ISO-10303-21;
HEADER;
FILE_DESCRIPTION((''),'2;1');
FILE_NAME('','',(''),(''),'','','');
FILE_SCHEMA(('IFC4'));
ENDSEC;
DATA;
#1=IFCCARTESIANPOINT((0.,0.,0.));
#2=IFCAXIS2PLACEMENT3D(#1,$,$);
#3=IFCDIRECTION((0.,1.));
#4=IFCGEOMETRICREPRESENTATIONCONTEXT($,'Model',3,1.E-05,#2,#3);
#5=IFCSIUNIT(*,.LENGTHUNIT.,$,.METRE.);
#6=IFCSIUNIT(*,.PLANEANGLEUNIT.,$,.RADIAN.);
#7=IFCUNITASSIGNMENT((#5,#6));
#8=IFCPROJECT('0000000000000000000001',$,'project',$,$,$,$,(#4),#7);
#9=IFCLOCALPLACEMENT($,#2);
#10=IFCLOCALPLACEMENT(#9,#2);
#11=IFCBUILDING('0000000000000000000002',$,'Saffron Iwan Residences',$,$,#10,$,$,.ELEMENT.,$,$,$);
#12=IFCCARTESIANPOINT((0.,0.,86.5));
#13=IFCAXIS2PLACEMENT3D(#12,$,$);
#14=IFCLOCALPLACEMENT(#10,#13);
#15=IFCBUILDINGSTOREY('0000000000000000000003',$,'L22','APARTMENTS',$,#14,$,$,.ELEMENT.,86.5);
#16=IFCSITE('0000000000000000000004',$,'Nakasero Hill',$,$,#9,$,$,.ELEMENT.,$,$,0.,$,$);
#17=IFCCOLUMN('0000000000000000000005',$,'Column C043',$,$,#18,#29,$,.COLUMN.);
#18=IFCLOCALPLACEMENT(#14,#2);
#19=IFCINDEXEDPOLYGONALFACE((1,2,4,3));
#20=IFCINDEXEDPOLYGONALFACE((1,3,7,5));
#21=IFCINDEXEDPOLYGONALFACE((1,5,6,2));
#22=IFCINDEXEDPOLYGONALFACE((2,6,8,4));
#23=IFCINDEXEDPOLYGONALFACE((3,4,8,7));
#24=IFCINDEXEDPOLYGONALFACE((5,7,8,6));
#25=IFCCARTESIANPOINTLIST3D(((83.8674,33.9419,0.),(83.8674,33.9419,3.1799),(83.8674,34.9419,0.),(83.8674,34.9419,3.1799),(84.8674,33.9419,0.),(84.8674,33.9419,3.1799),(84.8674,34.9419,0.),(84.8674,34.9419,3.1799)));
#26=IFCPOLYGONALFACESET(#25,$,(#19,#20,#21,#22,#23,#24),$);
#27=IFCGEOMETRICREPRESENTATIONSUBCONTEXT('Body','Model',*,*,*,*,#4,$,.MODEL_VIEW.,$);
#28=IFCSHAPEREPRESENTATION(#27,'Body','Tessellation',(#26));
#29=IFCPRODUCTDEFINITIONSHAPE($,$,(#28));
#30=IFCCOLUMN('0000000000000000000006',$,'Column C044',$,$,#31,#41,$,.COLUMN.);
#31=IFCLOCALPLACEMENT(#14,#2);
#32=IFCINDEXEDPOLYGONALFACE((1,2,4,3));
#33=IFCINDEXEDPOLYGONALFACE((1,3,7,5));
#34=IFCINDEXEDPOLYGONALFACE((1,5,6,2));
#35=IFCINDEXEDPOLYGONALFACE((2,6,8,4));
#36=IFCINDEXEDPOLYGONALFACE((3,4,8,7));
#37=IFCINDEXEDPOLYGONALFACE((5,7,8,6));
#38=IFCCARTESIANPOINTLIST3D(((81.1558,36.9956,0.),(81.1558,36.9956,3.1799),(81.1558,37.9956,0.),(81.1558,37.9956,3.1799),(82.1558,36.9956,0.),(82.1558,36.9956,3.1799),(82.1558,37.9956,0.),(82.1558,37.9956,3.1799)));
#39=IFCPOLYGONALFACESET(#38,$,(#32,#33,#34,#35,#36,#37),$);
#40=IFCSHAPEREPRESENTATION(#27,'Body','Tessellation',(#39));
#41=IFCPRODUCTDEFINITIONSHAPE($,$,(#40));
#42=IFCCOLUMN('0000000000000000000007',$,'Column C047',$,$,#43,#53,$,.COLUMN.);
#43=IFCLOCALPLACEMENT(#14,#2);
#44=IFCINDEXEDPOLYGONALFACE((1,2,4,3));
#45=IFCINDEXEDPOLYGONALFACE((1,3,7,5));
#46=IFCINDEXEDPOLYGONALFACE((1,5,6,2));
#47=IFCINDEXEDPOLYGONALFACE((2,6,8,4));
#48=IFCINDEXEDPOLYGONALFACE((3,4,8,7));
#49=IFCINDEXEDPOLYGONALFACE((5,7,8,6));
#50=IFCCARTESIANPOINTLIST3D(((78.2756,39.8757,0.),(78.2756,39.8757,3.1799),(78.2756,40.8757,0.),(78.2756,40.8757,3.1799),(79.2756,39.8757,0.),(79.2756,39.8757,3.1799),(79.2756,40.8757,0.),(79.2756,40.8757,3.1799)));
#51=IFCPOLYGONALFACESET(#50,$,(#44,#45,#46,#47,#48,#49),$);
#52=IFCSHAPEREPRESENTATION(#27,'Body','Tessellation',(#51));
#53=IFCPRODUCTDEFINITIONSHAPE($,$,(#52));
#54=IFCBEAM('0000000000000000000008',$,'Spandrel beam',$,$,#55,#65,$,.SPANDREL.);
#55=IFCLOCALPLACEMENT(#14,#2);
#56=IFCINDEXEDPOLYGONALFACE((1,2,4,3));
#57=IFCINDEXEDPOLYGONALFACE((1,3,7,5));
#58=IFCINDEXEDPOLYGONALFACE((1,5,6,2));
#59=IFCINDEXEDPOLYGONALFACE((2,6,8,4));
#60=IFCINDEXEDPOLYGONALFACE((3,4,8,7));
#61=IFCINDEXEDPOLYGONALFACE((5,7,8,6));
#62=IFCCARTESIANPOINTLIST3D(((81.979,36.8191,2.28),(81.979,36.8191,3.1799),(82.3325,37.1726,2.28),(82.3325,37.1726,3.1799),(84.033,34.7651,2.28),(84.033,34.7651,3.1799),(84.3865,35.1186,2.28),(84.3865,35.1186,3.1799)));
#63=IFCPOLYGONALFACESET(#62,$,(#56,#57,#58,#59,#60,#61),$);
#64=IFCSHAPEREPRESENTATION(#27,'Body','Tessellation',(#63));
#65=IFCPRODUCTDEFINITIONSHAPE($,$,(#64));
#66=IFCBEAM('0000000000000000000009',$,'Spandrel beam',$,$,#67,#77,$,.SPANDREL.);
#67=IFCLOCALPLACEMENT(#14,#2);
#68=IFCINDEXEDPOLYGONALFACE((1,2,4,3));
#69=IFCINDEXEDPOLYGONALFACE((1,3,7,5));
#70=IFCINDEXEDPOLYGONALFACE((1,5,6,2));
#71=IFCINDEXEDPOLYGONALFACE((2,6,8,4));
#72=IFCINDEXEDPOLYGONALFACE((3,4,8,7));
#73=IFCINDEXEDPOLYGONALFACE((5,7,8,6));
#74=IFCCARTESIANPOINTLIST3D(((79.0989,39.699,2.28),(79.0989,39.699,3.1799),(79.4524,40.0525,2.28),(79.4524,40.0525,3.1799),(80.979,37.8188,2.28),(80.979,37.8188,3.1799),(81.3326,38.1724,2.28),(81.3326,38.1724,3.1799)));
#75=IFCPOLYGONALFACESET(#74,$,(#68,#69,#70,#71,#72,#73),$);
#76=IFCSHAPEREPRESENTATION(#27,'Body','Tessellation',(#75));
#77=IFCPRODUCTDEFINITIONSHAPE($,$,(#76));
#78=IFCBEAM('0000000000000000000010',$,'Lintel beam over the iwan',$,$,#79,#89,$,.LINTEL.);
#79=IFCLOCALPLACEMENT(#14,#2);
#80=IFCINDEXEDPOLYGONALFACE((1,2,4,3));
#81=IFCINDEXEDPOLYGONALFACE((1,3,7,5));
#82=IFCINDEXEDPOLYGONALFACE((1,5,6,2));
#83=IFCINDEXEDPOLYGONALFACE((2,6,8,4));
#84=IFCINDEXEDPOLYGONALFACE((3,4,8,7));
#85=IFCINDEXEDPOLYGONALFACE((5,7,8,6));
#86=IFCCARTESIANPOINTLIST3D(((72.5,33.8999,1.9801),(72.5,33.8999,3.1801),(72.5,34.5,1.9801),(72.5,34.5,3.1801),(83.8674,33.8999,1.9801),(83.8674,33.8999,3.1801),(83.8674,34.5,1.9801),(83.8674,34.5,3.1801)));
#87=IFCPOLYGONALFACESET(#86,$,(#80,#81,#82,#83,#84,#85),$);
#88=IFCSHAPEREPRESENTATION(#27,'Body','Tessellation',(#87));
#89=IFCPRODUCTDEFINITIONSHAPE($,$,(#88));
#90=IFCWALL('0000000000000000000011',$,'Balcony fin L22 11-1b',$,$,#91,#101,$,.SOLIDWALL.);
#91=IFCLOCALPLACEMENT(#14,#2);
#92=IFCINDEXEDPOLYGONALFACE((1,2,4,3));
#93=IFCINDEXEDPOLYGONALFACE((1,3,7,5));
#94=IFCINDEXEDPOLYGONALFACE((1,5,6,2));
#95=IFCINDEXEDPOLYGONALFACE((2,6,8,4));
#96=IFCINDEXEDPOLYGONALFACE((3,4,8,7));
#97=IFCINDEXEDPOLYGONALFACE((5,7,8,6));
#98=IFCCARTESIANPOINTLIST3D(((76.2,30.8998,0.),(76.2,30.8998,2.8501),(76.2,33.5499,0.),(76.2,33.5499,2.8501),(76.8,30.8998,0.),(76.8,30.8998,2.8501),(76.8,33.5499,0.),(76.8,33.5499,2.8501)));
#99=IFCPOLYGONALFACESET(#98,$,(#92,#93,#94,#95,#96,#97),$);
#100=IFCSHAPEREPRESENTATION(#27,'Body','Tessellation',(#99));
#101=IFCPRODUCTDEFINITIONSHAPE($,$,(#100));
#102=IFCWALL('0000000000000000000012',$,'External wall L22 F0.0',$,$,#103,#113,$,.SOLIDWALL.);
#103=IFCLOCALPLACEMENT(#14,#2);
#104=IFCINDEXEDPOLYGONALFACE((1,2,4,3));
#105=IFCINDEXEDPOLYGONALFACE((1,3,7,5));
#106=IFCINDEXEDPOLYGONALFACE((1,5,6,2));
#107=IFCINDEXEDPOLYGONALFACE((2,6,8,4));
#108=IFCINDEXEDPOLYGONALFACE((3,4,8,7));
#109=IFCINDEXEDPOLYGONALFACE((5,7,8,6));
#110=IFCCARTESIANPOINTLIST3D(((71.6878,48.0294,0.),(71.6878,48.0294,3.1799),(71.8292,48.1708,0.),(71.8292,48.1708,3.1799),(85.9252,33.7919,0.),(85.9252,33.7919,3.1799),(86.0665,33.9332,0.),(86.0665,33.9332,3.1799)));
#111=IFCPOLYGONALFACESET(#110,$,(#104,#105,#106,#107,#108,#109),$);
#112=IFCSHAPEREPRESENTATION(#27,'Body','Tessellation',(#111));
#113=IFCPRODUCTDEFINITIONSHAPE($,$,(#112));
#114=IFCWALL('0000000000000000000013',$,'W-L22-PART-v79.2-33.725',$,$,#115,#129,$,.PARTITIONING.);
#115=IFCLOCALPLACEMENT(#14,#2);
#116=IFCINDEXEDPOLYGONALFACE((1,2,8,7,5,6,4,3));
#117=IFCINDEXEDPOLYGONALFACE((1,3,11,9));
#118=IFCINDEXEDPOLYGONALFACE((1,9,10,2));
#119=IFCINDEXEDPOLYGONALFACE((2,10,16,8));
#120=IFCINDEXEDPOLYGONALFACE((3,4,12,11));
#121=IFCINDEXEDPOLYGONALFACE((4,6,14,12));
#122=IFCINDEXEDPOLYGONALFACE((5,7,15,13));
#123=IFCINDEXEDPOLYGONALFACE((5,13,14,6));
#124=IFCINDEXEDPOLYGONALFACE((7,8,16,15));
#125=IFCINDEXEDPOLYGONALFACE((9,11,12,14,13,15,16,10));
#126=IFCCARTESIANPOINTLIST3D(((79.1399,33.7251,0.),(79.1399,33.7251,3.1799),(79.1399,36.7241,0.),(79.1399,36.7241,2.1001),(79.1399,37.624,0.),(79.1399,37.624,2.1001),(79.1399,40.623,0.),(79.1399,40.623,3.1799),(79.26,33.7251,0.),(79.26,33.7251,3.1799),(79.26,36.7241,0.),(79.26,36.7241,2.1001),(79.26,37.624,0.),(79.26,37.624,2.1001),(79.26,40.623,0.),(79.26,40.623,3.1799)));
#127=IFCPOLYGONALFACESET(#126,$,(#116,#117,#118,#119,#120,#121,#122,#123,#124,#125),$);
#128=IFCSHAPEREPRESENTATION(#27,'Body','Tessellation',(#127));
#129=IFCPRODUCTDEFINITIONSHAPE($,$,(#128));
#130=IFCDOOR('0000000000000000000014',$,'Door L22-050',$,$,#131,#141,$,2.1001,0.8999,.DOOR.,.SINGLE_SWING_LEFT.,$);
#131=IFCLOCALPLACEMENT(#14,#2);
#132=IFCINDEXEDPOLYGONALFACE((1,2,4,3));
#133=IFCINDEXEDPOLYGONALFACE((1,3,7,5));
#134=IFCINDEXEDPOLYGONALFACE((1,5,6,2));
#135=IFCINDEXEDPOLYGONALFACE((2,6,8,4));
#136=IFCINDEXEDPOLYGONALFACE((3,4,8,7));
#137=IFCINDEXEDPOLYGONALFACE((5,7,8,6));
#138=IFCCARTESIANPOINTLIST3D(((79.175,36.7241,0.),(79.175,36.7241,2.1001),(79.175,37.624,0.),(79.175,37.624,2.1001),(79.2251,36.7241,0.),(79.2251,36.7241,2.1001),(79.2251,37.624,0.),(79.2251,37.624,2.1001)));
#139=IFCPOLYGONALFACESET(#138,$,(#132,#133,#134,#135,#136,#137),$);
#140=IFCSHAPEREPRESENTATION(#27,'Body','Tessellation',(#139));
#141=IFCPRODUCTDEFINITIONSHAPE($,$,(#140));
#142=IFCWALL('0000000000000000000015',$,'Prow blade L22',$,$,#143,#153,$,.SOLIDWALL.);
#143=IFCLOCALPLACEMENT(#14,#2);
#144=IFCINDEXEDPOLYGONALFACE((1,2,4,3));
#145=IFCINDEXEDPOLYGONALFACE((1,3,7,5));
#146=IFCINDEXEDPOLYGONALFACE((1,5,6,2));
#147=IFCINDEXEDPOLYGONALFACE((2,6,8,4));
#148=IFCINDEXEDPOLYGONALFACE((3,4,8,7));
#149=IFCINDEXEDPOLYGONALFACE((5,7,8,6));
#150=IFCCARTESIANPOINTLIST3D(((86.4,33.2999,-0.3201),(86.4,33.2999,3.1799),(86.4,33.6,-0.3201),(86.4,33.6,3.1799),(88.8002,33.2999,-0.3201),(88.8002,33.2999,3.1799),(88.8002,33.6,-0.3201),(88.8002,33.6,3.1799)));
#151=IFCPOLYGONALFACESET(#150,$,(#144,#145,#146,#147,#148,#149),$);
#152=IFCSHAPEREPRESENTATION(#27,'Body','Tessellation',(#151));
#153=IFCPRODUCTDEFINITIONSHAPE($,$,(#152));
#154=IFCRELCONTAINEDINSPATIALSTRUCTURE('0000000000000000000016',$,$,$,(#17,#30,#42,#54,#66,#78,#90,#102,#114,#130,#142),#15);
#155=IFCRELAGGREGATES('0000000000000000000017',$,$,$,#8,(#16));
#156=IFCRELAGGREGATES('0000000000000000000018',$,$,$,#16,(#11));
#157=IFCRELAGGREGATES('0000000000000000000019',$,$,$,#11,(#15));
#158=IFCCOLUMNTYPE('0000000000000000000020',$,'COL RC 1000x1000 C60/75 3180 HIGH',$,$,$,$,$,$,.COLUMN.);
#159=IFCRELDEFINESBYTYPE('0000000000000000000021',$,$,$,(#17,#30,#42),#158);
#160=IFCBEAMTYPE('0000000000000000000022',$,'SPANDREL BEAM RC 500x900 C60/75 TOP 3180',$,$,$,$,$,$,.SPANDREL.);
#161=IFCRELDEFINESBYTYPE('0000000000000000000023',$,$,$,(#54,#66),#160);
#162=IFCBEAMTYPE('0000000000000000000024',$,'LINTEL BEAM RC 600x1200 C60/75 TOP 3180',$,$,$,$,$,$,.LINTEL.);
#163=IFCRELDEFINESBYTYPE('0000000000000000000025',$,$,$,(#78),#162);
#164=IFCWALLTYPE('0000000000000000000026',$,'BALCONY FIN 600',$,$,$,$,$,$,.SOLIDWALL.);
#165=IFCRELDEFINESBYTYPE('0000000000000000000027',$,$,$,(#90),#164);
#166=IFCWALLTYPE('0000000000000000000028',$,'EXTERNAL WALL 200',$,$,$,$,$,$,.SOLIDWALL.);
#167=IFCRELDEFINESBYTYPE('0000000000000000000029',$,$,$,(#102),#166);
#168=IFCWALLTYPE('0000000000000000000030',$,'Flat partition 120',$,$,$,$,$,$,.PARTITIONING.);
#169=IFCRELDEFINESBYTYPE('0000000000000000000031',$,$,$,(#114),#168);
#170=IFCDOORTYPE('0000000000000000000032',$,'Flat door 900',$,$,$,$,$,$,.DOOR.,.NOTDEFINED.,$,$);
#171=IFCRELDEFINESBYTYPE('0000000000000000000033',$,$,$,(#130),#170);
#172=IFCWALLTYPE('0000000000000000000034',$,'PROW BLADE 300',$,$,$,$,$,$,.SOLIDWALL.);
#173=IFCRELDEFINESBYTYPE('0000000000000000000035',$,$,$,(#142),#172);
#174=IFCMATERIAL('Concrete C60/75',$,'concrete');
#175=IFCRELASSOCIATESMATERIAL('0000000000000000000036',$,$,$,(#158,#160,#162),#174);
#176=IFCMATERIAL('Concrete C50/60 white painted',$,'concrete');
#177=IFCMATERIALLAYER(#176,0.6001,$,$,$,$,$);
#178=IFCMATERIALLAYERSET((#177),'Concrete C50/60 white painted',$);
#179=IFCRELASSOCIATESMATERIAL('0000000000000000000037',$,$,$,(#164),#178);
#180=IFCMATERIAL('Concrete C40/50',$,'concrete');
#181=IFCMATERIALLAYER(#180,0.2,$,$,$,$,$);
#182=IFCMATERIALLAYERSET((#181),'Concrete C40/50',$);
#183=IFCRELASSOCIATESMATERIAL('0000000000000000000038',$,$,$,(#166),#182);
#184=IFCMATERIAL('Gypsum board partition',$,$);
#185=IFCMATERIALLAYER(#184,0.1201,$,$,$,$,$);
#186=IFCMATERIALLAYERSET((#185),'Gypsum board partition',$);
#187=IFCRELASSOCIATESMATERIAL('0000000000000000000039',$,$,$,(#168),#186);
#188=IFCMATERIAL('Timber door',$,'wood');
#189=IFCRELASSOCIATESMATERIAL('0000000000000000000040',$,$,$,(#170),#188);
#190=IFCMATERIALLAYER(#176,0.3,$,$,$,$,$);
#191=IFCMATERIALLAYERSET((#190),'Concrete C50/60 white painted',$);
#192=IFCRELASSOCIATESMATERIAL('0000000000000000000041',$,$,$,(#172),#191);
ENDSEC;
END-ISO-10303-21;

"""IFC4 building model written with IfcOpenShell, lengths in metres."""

from ifc_helpers import new_model, si_unit, direction, frame, frame_2d, origin, origin_2d, place, context, subcontext, project, spatial, rectangle, extrude, source, transform, mapped, material, layer, layer_set, material_profile, profile_set, type_object, element, fill, save


model = new_model("IFC4")

# Units and contexts
model_context = context("Model", 3, precision=1e-05, world=origin(), true_north=direction((0.0, 1.0)))
body_context = subcontext(model_context, "Body", "Model", "MODEL_VIEW")
ifc_project = project(units=[si_unit("LENGTHUNIT", "METRE"), si_unit("PLANEANGLEUNIT", "RADIAN")], contexts=[model_context])

# Site, building, storey
site_placement = place(None, origin())
site = spatial("IfcSite", under=ifc_project, at=site_placement, Name="Nakasero Hill", CompositionType="ELEMENT", RefElevation=0.0)
building_placement = place(site_placement, origin())
building = spatial("IfcBuilding", under=site, at=building_placement, Name="Saffron Iwan Residences", CompositionType="ELEMENT")
storey_placement = place(building_placement, frame((0.0, 0.0, 86.5)))
storey = spatial("IfcBuildingStorey", under=building, at=storey_placement, Name="L22", Description="APARTMENTS", CompositionType="ELEMENT", Elevation=86.5)

# Columns
ifc_material_1 = material(Name="Concrete C60/75", Category="concrete")
ifc_material_profile_1 = material_profile(ifc_material_1, rectangle(XDim=1.0, YDim=1.0, at=origin_2d()), Name="RC 1000x1000")
ifc_profile_set_1 = profile_set([ifc_material_profile_1], Name="Concrete C60/75")
column_type = type_object("IfcColumnType", Name="COL RC 1000x1000 C60/75 3180 HIGH", PredefinedType="COLUMN", material=ifc_profile_set_1)
shared_shape_1 = source(origin(), body_context, "Body", "SweptSolid", [
    extrude(rectangle(XDim=1.0, YDim=1.0, at=origin_2d()), origin(), (0.0, 0.0, 1.0), 3.1799),
])
for number, where, z_axis, x_axis, name in (
    (1, (84.3674, 34.4419, 0.0), (0.0, 0.0, 1.0), (1.0, 0.0, 0.0), "Column C043"),
    (2, (81.6558, 37.4956, 0.0), (0.0, 0.0, 1.0), (1.0, 0.0, 0.0), "Column C044"),
    (3, (78.7756, 40.3757, 0.0), (0.0, 0.0, 1.0), (1.0, 0.0, 0.0), "Column C047"),
):
    element("IfcColumn", number, at=place(storey_placement, frame(where, z_axis=z_axis, x_axis=x_axis)), inside=storey, type_object=column_type, Name=name, PredefinedType="COLUMN", context=body_context, shape_type="MappedRepresentation", body=[
        mapped(shared_shape_1, transform((0.0, 0.0, 0.0))),
    ])

# Beams
ifc_material_profile_2 = material_profile(ifc_material_1, rectangle(XDim=0.5, YDim=0.8999, at=origin_2d()), Name="RC 500x900")
ifc_profile_set_2 = profile_set([ifc_material_profile_2], Name="Concrete C60/75")
beam_type_1 = type_object("IfcBeamType", Name="SPANDREL BEAM RC 500x900 C60/75 TOP 3180", PredefinedType="SPANDREL", material=ifc_profile_set_2)
shared_shape_2 = source(origin(), body_context, "Body", "SweptSolid", [
    extrude(rectangle(XDim=0.5, YDim=0.8999, at=origin_2d()), origin(), (0.0, 0.0, 1.0), 2.9048),
])
beam_1_placement = place(storey_placement, frame((82.1558, 36.9958, 2.73), z_axis=(0.707107, -0.707107, 0.0), x_axis=(0.707107, 0.707107, 0.0)))
element("IfcBeam", 4, at=beam_1_placement, inside=storey, type_object=beam_type_1, Name="Spandrel beam", PredefinedType="SPANDREL", context=body_context, shape_type="MappedRepresentation", body=[
    mapped(shared_shape_2, transform((0.0, 0.0, 0.0))),
])
shared_shape_3 = source(origin(), body_context, "Body", "SweptSolid", [
    extrude(rectangle(XDim=0.5, YDim=0.8999, at=origin_2d()), origin(), (0.0, 0.0, 1.0), 2.6589),
])
beam_2_placement = place(storey_placement, frame((79.2756, 39.8757, 2.73), z_axis=(0.707107, -0.707107, 0.0), x_axis=(0.707107, 0.707107, 0.0)))
element("IfcBeam", 5, at=beam_2_placement, inside=storey, type_object=beam_type_1, Name="Spandrel beam", PredefinedType="SPANDREL", context=body_context, shape_type="MappedRepresentation", body=[
    mapped(shared_shape_3, transform((0.0, 0.0, 0.0))),
])
ifc_material_profile_3 = material_profile(ifc_material_1, rectangle(XDim=0.6001, YDim=1.2, at=origin_2d()), Name="RC 600x1200")
ifc_profile_set_3 = profile_set([ifc_material_profile_3], Name="Concrete C60/75")
beam_type_2 = type_object("IfcBeamType", Name="LINTEL BEAM RC 600x1200 C60/75 TOP 3180", PredefinedType="LINTEL", material=ifc_profile_set_3)
shared_shape_4 = source(origin(), body_context, "Body", "SweptSolid", [
    extrude(rectangle(XDim=0.6001, YDim=1.2, at=origin_2d()), origin(), (0.0, 0.0, 1.0), 11.3674),
])
beam_3_placement = place(storey_placement, frame((83.8674, 34.2, 2.5801), z_axis=(-1.0, 0.0, 0.0), x_axis=(0.0, -1.0, 0.0)))
element("IfcBeam", 6, at=beam_3_placement, inside=storey, type_object=beam_type_2, Name="Lintel beam over the iwan", PredefinedType="LINTEL", context=body_context, shape_type="MappedRepresentation", body=[
    mapped(shared_shape_4, transform((0.0, 0.0, 0.0))),
])

# Walls
ifc_material_2 = material(Name="Concrete C50/60 white painted", Category="concrete")
ifc_layer_1 = layer(ifc_material_2, 0.6001)
ifc_layer_set_1 = layer_set([ifc_layer_1], Name="Concrete C50/60 white painted")
wall_type_1 = type_object("IfcWallType", Name="BALCONY FIN 600", PredefinedType="SOLIDWALL", material=ifc_layer_set_1)
wall_1_placement = place(storey_placement, frame((76.5, 33.55, 0.0), z_axis=(0.0, 0.0, 1.0), x_axis=(0.0, -1.0, 0.0)))
element("IfcWall", 7, at=wall_1_placement, inside=storey, type_object=wall_type_1, Name="Balcony fin L22 11-1b", PredefinedType="SOLIDWALL", context=body_context, shape_type="SweptSolid", body=[
    extrude(rectangle(XDim=2.6501, YDim=0.6001, at=frame_2d((1.3252, 0.0))), origin(), (0.0, 0.0, 1.0), 2.8501),
])
ifc_material_3 = material(Name="Concrete C40/50", Category="concrete")
ifc_layer_2 = layer(ifc_material_3, 0.2)
ifc_layer_set_2 = layer_set([ifc_layer_2], Name="Concrete C40/50")
wall_type_2 = type_object("IfcWallType", Name="EXTERNAL WALL 200", PredefinedType="SOLIDWALL", material=ifc_layer_set_2)
wall_2_placement = place(storey_placement, frame((85.9958, 33.8625, 0.0), z_axis=(0.0, 0.0, 1.0), x_axis=(-0.707101, 0.707113, 0.0)))
element("IfcWall", 8, at=wall_2_placement, inside=storey, type_object=wall_type_2, Name="External wall L22 F0.0", PredefinedType="SOLIDWALL", context=body_context, shape_type="SweptSolid", body=[
    extrude(rectangle(XDim=20.1348, YDim=0.2, at=frame_2d((10.0674, 0.0))), origin(), (0.0, 0.0, 1.0), 3.1799),
])

# Wall, opening, door
ifc_material_4 = material(Name="Gypsum board partition")
ifc_layer_3 = layer(ifc_material_4, 0.1201)
ifc_layer_set_3 = layer_set([ifc_layer_3], Name="Gypsum board partition")
wall_type_3 = type_object("IfcWallType", Name="Flat partition 120", PredefinedType="PARTITIONING", material=ifc_layer_set_3)
wall_3_placement = place(storey_placement, frame((79.2, 33.7251, 0.0), z_axis=(0.0, 0.0, 1.0), x_axis=(0.0, 1.0, 0.0)))
wall_3 = element("IfcWall", 9, at=wall_3_placement, inside=storey, type_object=wall_type_3, Name="W-L22-PART-v79.2-33.725", PredefinedType="PARTITIONING", context=body_context, shape_type="SweptSolid", body=[
    extrude(rectangle(XDim=6.8979, YDim=0.1201, at=frame_2d((3.449, 0.0))), origin(), (0.0, 0.0, 1.0), 3.1799),
])
opening_placement = place(wall_3_placement, frame((2.999, 0.0, 0.0)))
opening = element("IfcOpeningElement", 10, at=opening_placement, cuts=wall_3, PredefinedType="OPENING", context=body_context, shape_type="SweptSolid", body=[
    extrude(rectangle(XDim=0.8999, YDim=2.1001, at=frame_2d((0.45, 1.05))), frame((0.0, 0.0701, 0.0), z_axis=(0.0, -1.0, 0.0), x_axis=(1.0, 0.0, 0.0)), (0.0, 0.0, 1.0), 0.1401),
])
ifc_material_5 = material(Name="Timber door", Category="wood")
door_type = type_object("IfcDoorType", Name="Flat door 900", OperationType="NOTDEFINED", PredefinedType="DOOR", material=ifc_material_5)
door_placement = place(opening_placement, origin())
door = element("IfcDoor", 11, at=door_placement, inside=storey, type_object=door_type, Name="Door L22-050", OperationType="SINGLE_SWING_LEFT", OverallHeight=2.1001, OverallWidth=0.8999, PredefinedType="DOOR", context=body_context, shape_type="SweptSolid", body=[
    extrude(rectangle(XDim=0.8999, YDim=2.1001, at=frame_2d((0.45, 1.05))), frame((0.0, 0.0249, 0.0), z_axis=(0.0, -1.0, 0.0), x_axis=(1.0, 0.0, 0.0)), (0.0, 0.0, 1.0), 0.05),
])
fill(opening, door)

# Wall
ifc_layer_4 = layer(ifc_material_2, 0.3)
ifc_layer_set_4 = layer_set([ifc_layer_4], Name="Concrete C50/60 white painted")
wall_type_4 = type_object("IfcWallType", Name="PROW BLADE 300", PredefinedType="SOLIDWALL", material=ifc_layer_set_4)
wall_4_placement = place(storey_placement, frame((86.3999, 33.45, -0.3201), z_axis=(0.0, 0.0, 1.0), x_axis=(1.0, 0.0, 0.0)))
element("IfcWall", 12, at=wall_4_placement, inside=storey, type_object=wall_type_4, Name="Prow blade L22", PredefinedType="SOLIDWALL", context=body_context, shape_type="SweptSolid", body=[
    extrude(rectangle(XDim=2.4001, YDim=0.3, at=frame_2d((1.2002, 0.0))), origin(), (0.0, 0.0, 1.0), 3.5),
])

save(model, "model.ifc")
